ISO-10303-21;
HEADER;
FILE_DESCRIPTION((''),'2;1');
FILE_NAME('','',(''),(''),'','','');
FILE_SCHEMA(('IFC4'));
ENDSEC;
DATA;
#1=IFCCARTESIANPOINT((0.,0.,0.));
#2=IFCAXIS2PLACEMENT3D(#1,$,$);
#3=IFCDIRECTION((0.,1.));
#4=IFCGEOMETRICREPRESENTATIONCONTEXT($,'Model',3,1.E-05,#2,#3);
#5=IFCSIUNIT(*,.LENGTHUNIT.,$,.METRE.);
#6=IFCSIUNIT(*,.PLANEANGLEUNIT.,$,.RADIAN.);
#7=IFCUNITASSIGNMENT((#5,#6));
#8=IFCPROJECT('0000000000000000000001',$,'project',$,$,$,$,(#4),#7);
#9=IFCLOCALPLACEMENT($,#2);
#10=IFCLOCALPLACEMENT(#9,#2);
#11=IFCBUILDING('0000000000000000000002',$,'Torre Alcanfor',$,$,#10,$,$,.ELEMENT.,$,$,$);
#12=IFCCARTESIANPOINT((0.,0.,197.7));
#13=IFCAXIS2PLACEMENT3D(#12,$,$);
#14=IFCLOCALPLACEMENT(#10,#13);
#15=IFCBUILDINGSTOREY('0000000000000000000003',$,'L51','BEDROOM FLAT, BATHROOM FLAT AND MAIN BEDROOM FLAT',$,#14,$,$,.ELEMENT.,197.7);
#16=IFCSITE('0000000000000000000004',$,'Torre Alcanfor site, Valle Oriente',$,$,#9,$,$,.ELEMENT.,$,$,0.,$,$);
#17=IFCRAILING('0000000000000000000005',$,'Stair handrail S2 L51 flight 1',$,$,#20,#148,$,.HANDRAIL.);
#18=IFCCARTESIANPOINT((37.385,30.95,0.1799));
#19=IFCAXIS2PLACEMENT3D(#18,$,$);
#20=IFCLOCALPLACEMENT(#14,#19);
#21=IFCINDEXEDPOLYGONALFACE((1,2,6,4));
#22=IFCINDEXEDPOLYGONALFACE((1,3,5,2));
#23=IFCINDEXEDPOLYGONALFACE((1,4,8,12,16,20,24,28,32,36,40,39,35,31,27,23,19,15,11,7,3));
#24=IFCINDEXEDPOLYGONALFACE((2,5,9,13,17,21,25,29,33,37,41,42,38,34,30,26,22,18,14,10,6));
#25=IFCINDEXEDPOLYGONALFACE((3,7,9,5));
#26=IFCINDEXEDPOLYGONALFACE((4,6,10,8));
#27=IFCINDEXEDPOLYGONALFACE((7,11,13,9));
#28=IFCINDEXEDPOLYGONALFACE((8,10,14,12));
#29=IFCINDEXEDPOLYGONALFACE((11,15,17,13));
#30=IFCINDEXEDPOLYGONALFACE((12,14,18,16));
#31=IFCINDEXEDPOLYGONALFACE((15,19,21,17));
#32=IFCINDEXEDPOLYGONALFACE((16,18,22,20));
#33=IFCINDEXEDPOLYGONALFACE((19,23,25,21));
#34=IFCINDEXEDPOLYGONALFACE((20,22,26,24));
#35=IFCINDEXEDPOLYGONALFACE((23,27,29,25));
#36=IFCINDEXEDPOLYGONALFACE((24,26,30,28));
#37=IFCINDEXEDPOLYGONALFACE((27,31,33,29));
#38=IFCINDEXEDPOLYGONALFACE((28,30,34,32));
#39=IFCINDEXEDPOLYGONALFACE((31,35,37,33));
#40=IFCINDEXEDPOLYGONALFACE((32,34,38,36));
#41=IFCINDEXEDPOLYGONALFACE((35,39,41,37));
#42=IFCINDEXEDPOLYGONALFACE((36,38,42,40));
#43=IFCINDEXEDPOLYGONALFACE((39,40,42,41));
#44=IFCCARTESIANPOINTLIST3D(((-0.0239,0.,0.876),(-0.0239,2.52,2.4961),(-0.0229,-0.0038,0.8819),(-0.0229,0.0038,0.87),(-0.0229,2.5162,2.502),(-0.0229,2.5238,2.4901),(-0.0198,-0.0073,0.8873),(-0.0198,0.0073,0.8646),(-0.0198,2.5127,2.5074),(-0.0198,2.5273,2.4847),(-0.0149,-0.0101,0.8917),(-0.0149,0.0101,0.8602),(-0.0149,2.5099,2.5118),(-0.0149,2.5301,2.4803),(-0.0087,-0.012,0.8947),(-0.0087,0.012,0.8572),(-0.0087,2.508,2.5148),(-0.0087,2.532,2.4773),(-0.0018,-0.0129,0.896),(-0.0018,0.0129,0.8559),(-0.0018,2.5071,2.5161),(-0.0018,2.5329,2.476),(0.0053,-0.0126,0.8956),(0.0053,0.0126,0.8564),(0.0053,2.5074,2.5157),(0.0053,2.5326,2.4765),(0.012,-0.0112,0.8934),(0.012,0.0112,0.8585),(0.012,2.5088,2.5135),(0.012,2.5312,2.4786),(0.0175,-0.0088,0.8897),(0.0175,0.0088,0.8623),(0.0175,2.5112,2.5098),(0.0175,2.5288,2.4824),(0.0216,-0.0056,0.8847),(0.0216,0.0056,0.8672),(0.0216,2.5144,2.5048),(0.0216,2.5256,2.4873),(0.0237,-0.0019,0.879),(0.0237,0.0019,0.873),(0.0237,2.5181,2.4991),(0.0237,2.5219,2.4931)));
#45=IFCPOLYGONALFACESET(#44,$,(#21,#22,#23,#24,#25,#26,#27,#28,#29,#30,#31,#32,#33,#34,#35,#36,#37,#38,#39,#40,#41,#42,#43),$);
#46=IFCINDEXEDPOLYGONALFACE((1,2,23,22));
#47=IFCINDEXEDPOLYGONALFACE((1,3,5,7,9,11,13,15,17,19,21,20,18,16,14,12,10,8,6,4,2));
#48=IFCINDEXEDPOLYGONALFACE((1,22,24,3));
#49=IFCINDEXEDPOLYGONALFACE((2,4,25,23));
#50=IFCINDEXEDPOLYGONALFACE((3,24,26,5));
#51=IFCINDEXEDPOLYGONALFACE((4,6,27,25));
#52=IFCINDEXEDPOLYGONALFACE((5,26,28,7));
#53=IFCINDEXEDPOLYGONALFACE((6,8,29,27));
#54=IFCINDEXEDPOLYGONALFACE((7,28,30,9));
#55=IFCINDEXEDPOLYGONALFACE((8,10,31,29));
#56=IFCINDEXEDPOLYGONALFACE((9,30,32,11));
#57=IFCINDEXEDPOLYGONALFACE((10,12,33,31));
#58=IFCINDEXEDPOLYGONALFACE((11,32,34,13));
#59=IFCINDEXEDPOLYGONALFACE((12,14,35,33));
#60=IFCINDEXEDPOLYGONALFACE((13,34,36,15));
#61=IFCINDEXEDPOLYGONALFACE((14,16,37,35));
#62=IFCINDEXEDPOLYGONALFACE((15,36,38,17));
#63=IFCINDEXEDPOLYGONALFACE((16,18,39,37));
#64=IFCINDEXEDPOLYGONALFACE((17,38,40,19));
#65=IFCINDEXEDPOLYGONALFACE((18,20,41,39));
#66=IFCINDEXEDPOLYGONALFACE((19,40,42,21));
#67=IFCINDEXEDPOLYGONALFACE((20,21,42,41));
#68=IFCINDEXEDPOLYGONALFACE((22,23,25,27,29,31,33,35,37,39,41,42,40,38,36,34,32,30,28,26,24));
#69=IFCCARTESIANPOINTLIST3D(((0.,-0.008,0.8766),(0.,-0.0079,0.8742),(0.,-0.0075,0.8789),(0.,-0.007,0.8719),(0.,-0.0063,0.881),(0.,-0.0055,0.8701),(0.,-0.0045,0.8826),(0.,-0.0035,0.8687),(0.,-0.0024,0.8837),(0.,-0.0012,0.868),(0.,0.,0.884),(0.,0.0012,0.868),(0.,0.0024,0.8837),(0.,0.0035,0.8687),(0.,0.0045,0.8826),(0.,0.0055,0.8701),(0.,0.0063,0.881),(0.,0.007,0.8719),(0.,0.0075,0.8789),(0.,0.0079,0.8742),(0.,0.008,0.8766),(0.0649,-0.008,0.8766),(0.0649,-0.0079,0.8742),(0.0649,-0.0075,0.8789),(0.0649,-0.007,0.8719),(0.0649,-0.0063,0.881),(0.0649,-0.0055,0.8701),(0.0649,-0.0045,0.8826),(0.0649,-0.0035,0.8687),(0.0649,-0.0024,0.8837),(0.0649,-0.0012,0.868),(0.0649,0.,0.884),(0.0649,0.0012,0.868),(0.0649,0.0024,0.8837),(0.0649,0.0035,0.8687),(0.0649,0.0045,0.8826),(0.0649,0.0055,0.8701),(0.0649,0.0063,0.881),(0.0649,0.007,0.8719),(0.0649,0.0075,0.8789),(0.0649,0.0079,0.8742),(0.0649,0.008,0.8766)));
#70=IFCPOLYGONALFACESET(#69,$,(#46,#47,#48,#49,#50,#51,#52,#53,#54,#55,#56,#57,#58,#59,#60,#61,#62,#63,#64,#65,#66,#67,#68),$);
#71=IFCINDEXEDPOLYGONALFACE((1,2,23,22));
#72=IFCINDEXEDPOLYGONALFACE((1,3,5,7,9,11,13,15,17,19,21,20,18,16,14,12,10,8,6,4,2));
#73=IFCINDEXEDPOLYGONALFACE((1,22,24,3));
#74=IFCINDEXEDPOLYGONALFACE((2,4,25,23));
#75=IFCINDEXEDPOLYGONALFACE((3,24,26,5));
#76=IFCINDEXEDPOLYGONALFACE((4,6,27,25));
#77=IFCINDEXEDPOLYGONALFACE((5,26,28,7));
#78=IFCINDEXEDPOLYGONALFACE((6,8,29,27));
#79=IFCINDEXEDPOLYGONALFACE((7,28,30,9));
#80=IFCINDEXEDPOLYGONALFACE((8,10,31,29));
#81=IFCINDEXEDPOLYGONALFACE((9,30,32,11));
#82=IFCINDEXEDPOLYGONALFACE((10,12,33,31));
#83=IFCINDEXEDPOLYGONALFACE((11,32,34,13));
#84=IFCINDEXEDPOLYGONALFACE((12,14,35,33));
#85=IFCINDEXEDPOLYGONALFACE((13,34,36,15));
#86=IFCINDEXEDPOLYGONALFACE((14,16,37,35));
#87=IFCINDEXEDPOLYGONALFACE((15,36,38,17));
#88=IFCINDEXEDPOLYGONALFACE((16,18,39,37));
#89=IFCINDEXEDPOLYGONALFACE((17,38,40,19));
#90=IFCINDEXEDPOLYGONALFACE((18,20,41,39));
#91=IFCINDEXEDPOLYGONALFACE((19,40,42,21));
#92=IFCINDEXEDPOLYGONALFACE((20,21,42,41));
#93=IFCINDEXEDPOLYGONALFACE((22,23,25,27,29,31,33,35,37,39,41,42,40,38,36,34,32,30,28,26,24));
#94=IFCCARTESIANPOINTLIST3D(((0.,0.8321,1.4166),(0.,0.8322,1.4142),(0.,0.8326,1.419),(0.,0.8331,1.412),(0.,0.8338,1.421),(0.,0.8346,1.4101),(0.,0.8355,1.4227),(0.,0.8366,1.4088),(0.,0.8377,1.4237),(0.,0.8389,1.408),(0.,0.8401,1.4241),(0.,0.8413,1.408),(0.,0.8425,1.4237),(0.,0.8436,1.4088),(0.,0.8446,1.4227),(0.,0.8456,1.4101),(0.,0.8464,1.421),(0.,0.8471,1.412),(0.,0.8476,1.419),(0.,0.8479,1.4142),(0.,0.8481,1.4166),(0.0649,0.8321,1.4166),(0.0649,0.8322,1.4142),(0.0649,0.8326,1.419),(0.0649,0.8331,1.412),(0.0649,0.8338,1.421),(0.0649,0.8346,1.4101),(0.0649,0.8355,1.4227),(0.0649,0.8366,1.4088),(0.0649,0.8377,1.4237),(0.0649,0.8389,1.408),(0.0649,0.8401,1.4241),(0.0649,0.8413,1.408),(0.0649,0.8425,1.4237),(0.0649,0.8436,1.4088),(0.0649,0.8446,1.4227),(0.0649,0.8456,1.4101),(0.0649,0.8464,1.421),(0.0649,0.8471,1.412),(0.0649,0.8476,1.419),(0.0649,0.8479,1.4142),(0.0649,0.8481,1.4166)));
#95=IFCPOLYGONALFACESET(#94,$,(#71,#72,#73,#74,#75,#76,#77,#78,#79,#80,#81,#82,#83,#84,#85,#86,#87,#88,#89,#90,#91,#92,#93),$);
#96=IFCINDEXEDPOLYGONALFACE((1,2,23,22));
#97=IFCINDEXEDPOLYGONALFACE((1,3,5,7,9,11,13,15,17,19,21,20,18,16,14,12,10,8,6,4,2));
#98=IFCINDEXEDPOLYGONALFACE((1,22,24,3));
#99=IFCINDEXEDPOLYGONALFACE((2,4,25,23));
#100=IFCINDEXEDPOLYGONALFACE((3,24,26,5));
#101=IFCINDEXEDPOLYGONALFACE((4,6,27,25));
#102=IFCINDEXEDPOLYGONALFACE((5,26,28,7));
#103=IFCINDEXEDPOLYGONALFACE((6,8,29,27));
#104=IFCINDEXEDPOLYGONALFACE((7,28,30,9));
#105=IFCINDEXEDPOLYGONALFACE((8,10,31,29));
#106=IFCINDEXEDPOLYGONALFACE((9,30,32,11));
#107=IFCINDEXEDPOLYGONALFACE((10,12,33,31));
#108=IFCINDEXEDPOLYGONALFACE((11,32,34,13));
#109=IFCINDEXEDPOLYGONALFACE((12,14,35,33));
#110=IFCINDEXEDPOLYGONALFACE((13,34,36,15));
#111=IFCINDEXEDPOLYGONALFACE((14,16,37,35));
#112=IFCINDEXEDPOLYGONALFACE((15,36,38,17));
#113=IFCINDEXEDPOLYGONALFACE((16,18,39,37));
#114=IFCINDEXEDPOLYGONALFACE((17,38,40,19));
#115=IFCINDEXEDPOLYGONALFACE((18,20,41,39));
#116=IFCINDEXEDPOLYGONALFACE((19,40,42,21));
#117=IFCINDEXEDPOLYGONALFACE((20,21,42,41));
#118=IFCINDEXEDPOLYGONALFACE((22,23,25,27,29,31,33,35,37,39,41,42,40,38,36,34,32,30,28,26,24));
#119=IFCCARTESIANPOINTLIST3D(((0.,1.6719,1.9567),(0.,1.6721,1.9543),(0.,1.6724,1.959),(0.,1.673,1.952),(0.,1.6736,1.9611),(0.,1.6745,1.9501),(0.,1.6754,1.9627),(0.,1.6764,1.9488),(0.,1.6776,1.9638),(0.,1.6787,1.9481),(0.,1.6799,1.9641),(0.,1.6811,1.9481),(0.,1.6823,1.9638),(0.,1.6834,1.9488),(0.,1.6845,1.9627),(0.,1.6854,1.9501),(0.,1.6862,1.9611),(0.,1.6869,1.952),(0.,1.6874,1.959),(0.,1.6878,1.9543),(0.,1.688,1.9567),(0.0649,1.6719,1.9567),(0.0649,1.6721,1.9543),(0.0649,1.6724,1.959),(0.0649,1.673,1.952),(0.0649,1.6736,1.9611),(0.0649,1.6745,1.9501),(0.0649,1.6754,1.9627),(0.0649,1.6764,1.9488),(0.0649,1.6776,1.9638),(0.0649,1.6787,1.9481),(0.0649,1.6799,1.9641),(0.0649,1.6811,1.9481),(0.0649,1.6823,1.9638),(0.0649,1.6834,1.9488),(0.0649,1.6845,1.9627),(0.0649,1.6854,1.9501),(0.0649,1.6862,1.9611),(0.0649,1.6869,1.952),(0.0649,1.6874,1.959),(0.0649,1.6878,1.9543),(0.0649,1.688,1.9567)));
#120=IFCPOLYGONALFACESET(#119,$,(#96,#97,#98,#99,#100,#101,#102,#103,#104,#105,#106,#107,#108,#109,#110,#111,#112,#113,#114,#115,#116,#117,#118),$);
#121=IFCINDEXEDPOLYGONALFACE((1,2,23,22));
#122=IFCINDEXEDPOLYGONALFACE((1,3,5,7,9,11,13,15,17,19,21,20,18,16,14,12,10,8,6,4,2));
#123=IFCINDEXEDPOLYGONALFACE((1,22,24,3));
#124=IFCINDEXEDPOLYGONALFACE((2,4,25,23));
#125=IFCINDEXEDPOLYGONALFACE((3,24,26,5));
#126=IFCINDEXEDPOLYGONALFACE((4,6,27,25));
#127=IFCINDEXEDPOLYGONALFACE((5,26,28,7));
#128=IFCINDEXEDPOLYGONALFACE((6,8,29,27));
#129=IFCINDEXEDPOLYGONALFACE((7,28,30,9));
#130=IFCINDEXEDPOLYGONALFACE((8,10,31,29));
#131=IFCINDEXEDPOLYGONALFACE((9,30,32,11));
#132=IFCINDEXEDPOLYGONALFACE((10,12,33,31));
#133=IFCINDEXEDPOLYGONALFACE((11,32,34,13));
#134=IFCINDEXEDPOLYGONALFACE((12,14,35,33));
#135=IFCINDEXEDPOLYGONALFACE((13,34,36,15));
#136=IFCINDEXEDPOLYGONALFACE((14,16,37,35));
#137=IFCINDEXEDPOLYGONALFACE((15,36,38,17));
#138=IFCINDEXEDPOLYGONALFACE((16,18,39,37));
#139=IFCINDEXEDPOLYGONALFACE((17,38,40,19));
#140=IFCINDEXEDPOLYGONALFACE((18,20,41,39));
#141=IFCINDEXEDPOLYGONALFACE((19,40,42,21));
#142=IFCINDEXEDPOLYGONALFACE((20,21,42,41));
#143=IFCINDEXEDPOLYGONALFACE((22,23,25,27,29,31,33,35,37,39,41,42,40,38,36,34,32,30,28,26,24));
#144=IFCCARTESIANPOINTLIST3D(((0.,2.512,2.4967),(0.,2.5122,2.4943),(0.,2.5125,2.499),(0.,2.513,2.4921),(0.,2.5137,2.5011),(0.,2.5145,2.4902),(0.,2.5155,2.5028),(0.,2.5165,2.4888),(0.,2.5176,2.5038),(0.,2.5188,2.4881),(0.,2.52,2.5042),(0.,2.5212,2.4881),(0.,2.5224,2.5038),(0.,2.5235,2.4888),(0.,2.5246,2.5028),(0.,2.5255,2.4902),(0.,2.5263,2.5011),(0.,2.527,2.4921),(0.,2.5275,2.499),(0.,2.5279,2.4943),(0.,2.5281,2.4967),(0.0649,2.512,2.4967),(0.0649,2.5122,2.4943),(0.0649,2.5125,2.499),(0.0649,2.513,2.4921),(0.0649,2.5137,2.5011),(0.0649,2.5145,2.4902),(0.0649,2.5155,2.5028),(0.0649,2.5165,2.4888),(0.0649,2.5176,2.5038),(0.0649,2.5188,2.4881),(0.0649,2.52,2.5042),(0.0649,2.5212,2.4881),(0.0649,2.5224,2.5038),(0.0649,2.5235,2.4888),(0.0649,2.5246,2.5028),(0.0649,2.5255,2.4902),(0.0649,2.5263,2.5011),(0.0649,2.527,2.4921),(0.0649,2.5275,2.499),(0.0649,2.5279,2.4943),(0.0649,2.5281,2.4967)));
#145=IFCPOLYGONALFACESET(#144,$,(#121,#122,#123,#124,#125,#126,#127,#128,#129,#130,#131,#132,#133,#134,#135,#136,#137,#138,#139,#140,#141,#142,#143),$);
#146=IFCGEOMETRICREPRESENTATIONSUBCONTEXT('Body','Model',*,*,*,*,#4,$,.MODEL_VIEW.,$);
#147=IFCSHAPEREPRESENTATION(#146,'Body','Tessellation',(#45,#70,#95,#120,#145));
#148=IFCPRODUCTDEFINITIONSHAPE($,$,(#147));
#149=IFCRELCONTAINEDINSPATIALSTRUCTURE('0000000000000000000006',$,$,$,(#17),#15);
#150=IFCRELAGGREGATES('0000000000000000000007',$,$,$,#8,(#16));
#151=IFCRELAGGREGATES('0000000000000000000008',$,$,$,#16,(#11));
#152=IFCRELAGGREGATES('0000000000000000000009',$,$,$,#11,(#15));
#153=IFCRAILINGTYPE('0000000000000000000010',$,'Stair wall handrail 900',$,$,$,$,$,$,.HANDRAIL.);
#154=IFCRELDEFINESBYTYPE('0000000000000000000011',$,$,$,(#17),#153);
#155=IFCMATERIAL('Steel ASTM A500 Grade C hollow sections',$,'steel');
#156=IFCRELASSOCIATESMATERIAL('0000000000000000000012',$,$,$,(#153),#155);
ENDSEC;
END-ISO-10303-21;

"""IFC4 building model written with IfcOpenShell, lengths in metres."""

from ifc_helpers import new_model, si_unit, direction, frame, origin, origin_2d, place, context, subcontext, project, spatial, circle, extrude, material, type_object, element, save


model = new_model("IFC4")

# Units and contexts
model_context = context("Model", 3, precision=1e-05, world=origin(), true_north=direction((0.0, 1.0)))
body_context = subcontext(model_context, "Body", "Model", "MODEL_VIEW")
ifc_project = project(units=[si_unit("LENGTHUNIT", "METRE"), si_unit("PLANEANGLEUNIT", "RADIAN")], contexts=[model_context])

# Site, building, storey
site_placement = place(None, origin())
site = spatial("IfcSite", under=ifc_project, at=site_placement, Name="Torre Alcanfor site, Valle Oriente", CompositionType="ELEMENT", RefElevation=0.0)
building_placement = place(site_placement, origin())
building = spatial("IfcBuilding", under=site, at=building_placement, Name="Torre Alcanfor", CompositionType="ELEMENT")
storey_placement = place(building_placement, frame((0.0, 0.0, 197.7)))
storey = spatial("IfcBuildingStorey", under=building, at=storey_placement, Name="L51", Description="BEDROOM FLAT, BATHROOM FLAT AND MAIN BEDROOM FLAT", CompositionType="ELEMENT", Elevation=197.7)

# Railing
ifc_material_1 = material(Name="Steel ASTM A500 Grade C hollow sections", Category="steel")
railing_type_1 = type_object("IfcRailingType", Name="Stair wall handrail 900", PredefinedType="HANDRAIL", material=ifc_material_1)
railing_1_placement = place(storey_placement, frame((37.385, 30.95, 0.1799)))
element("IfcRailing", 1, at=railing_1_placement, inside=storey, type_object=railing_type_1, Name="Stair handrail S2 L51 flight 1", PredefinedType="HANDRAIL", context=body_context, shape_type="SweptSolid", body=[
    extrude(circle(Radius=0.0239, at=origin_2d()), frame((0.0, 0.0, 0.876), z_axis=(0.0, 0.841163, 0.540782), x_axis=(-1.0, 0.0, 0.0)), (0.0, 0.0, 1.0), 2.9958),
    extrude(circle(Radius=0.0081, at=origin_2d()), frame((0.0, 0.0, 0.876), z_axis=(1.0, 0.0, 0.0), x_axis=(0.0, 0.0, 1.0)), (0.0, 0.0, 1.0), 0.0649),
    extrude(circle(Radius=0.0081, at=origin_2d()), frame((0.0, 0.8401, 1.416), z_axis=(1.0, 0.0, 0.0), x_axis=(0.0, 0.0, 1.0)), (0.0, 0.0, 1.0), 0.0649),
    extrude(circle(Radius=0.0081, at=origin_2d()), frame((0.0, 1.6799, 1.9561), z_axis=(1.0, 0.0, 0.0), x_axis=(0.0, 0.0, 1.0)), (0.0, 0.0, 1.0), 0.0649),
    extrude(circle(Radius=0.0081, at=origin_2d()), frame((0.0, 2.52, 2.4961), z_axis=(1.0, 0.0, 0.0), x_axis=(0.0, 0.0, 1.0)), (0.0, 0.0, 1.0), 0.0649),
])

save(model, "model.ifc")
